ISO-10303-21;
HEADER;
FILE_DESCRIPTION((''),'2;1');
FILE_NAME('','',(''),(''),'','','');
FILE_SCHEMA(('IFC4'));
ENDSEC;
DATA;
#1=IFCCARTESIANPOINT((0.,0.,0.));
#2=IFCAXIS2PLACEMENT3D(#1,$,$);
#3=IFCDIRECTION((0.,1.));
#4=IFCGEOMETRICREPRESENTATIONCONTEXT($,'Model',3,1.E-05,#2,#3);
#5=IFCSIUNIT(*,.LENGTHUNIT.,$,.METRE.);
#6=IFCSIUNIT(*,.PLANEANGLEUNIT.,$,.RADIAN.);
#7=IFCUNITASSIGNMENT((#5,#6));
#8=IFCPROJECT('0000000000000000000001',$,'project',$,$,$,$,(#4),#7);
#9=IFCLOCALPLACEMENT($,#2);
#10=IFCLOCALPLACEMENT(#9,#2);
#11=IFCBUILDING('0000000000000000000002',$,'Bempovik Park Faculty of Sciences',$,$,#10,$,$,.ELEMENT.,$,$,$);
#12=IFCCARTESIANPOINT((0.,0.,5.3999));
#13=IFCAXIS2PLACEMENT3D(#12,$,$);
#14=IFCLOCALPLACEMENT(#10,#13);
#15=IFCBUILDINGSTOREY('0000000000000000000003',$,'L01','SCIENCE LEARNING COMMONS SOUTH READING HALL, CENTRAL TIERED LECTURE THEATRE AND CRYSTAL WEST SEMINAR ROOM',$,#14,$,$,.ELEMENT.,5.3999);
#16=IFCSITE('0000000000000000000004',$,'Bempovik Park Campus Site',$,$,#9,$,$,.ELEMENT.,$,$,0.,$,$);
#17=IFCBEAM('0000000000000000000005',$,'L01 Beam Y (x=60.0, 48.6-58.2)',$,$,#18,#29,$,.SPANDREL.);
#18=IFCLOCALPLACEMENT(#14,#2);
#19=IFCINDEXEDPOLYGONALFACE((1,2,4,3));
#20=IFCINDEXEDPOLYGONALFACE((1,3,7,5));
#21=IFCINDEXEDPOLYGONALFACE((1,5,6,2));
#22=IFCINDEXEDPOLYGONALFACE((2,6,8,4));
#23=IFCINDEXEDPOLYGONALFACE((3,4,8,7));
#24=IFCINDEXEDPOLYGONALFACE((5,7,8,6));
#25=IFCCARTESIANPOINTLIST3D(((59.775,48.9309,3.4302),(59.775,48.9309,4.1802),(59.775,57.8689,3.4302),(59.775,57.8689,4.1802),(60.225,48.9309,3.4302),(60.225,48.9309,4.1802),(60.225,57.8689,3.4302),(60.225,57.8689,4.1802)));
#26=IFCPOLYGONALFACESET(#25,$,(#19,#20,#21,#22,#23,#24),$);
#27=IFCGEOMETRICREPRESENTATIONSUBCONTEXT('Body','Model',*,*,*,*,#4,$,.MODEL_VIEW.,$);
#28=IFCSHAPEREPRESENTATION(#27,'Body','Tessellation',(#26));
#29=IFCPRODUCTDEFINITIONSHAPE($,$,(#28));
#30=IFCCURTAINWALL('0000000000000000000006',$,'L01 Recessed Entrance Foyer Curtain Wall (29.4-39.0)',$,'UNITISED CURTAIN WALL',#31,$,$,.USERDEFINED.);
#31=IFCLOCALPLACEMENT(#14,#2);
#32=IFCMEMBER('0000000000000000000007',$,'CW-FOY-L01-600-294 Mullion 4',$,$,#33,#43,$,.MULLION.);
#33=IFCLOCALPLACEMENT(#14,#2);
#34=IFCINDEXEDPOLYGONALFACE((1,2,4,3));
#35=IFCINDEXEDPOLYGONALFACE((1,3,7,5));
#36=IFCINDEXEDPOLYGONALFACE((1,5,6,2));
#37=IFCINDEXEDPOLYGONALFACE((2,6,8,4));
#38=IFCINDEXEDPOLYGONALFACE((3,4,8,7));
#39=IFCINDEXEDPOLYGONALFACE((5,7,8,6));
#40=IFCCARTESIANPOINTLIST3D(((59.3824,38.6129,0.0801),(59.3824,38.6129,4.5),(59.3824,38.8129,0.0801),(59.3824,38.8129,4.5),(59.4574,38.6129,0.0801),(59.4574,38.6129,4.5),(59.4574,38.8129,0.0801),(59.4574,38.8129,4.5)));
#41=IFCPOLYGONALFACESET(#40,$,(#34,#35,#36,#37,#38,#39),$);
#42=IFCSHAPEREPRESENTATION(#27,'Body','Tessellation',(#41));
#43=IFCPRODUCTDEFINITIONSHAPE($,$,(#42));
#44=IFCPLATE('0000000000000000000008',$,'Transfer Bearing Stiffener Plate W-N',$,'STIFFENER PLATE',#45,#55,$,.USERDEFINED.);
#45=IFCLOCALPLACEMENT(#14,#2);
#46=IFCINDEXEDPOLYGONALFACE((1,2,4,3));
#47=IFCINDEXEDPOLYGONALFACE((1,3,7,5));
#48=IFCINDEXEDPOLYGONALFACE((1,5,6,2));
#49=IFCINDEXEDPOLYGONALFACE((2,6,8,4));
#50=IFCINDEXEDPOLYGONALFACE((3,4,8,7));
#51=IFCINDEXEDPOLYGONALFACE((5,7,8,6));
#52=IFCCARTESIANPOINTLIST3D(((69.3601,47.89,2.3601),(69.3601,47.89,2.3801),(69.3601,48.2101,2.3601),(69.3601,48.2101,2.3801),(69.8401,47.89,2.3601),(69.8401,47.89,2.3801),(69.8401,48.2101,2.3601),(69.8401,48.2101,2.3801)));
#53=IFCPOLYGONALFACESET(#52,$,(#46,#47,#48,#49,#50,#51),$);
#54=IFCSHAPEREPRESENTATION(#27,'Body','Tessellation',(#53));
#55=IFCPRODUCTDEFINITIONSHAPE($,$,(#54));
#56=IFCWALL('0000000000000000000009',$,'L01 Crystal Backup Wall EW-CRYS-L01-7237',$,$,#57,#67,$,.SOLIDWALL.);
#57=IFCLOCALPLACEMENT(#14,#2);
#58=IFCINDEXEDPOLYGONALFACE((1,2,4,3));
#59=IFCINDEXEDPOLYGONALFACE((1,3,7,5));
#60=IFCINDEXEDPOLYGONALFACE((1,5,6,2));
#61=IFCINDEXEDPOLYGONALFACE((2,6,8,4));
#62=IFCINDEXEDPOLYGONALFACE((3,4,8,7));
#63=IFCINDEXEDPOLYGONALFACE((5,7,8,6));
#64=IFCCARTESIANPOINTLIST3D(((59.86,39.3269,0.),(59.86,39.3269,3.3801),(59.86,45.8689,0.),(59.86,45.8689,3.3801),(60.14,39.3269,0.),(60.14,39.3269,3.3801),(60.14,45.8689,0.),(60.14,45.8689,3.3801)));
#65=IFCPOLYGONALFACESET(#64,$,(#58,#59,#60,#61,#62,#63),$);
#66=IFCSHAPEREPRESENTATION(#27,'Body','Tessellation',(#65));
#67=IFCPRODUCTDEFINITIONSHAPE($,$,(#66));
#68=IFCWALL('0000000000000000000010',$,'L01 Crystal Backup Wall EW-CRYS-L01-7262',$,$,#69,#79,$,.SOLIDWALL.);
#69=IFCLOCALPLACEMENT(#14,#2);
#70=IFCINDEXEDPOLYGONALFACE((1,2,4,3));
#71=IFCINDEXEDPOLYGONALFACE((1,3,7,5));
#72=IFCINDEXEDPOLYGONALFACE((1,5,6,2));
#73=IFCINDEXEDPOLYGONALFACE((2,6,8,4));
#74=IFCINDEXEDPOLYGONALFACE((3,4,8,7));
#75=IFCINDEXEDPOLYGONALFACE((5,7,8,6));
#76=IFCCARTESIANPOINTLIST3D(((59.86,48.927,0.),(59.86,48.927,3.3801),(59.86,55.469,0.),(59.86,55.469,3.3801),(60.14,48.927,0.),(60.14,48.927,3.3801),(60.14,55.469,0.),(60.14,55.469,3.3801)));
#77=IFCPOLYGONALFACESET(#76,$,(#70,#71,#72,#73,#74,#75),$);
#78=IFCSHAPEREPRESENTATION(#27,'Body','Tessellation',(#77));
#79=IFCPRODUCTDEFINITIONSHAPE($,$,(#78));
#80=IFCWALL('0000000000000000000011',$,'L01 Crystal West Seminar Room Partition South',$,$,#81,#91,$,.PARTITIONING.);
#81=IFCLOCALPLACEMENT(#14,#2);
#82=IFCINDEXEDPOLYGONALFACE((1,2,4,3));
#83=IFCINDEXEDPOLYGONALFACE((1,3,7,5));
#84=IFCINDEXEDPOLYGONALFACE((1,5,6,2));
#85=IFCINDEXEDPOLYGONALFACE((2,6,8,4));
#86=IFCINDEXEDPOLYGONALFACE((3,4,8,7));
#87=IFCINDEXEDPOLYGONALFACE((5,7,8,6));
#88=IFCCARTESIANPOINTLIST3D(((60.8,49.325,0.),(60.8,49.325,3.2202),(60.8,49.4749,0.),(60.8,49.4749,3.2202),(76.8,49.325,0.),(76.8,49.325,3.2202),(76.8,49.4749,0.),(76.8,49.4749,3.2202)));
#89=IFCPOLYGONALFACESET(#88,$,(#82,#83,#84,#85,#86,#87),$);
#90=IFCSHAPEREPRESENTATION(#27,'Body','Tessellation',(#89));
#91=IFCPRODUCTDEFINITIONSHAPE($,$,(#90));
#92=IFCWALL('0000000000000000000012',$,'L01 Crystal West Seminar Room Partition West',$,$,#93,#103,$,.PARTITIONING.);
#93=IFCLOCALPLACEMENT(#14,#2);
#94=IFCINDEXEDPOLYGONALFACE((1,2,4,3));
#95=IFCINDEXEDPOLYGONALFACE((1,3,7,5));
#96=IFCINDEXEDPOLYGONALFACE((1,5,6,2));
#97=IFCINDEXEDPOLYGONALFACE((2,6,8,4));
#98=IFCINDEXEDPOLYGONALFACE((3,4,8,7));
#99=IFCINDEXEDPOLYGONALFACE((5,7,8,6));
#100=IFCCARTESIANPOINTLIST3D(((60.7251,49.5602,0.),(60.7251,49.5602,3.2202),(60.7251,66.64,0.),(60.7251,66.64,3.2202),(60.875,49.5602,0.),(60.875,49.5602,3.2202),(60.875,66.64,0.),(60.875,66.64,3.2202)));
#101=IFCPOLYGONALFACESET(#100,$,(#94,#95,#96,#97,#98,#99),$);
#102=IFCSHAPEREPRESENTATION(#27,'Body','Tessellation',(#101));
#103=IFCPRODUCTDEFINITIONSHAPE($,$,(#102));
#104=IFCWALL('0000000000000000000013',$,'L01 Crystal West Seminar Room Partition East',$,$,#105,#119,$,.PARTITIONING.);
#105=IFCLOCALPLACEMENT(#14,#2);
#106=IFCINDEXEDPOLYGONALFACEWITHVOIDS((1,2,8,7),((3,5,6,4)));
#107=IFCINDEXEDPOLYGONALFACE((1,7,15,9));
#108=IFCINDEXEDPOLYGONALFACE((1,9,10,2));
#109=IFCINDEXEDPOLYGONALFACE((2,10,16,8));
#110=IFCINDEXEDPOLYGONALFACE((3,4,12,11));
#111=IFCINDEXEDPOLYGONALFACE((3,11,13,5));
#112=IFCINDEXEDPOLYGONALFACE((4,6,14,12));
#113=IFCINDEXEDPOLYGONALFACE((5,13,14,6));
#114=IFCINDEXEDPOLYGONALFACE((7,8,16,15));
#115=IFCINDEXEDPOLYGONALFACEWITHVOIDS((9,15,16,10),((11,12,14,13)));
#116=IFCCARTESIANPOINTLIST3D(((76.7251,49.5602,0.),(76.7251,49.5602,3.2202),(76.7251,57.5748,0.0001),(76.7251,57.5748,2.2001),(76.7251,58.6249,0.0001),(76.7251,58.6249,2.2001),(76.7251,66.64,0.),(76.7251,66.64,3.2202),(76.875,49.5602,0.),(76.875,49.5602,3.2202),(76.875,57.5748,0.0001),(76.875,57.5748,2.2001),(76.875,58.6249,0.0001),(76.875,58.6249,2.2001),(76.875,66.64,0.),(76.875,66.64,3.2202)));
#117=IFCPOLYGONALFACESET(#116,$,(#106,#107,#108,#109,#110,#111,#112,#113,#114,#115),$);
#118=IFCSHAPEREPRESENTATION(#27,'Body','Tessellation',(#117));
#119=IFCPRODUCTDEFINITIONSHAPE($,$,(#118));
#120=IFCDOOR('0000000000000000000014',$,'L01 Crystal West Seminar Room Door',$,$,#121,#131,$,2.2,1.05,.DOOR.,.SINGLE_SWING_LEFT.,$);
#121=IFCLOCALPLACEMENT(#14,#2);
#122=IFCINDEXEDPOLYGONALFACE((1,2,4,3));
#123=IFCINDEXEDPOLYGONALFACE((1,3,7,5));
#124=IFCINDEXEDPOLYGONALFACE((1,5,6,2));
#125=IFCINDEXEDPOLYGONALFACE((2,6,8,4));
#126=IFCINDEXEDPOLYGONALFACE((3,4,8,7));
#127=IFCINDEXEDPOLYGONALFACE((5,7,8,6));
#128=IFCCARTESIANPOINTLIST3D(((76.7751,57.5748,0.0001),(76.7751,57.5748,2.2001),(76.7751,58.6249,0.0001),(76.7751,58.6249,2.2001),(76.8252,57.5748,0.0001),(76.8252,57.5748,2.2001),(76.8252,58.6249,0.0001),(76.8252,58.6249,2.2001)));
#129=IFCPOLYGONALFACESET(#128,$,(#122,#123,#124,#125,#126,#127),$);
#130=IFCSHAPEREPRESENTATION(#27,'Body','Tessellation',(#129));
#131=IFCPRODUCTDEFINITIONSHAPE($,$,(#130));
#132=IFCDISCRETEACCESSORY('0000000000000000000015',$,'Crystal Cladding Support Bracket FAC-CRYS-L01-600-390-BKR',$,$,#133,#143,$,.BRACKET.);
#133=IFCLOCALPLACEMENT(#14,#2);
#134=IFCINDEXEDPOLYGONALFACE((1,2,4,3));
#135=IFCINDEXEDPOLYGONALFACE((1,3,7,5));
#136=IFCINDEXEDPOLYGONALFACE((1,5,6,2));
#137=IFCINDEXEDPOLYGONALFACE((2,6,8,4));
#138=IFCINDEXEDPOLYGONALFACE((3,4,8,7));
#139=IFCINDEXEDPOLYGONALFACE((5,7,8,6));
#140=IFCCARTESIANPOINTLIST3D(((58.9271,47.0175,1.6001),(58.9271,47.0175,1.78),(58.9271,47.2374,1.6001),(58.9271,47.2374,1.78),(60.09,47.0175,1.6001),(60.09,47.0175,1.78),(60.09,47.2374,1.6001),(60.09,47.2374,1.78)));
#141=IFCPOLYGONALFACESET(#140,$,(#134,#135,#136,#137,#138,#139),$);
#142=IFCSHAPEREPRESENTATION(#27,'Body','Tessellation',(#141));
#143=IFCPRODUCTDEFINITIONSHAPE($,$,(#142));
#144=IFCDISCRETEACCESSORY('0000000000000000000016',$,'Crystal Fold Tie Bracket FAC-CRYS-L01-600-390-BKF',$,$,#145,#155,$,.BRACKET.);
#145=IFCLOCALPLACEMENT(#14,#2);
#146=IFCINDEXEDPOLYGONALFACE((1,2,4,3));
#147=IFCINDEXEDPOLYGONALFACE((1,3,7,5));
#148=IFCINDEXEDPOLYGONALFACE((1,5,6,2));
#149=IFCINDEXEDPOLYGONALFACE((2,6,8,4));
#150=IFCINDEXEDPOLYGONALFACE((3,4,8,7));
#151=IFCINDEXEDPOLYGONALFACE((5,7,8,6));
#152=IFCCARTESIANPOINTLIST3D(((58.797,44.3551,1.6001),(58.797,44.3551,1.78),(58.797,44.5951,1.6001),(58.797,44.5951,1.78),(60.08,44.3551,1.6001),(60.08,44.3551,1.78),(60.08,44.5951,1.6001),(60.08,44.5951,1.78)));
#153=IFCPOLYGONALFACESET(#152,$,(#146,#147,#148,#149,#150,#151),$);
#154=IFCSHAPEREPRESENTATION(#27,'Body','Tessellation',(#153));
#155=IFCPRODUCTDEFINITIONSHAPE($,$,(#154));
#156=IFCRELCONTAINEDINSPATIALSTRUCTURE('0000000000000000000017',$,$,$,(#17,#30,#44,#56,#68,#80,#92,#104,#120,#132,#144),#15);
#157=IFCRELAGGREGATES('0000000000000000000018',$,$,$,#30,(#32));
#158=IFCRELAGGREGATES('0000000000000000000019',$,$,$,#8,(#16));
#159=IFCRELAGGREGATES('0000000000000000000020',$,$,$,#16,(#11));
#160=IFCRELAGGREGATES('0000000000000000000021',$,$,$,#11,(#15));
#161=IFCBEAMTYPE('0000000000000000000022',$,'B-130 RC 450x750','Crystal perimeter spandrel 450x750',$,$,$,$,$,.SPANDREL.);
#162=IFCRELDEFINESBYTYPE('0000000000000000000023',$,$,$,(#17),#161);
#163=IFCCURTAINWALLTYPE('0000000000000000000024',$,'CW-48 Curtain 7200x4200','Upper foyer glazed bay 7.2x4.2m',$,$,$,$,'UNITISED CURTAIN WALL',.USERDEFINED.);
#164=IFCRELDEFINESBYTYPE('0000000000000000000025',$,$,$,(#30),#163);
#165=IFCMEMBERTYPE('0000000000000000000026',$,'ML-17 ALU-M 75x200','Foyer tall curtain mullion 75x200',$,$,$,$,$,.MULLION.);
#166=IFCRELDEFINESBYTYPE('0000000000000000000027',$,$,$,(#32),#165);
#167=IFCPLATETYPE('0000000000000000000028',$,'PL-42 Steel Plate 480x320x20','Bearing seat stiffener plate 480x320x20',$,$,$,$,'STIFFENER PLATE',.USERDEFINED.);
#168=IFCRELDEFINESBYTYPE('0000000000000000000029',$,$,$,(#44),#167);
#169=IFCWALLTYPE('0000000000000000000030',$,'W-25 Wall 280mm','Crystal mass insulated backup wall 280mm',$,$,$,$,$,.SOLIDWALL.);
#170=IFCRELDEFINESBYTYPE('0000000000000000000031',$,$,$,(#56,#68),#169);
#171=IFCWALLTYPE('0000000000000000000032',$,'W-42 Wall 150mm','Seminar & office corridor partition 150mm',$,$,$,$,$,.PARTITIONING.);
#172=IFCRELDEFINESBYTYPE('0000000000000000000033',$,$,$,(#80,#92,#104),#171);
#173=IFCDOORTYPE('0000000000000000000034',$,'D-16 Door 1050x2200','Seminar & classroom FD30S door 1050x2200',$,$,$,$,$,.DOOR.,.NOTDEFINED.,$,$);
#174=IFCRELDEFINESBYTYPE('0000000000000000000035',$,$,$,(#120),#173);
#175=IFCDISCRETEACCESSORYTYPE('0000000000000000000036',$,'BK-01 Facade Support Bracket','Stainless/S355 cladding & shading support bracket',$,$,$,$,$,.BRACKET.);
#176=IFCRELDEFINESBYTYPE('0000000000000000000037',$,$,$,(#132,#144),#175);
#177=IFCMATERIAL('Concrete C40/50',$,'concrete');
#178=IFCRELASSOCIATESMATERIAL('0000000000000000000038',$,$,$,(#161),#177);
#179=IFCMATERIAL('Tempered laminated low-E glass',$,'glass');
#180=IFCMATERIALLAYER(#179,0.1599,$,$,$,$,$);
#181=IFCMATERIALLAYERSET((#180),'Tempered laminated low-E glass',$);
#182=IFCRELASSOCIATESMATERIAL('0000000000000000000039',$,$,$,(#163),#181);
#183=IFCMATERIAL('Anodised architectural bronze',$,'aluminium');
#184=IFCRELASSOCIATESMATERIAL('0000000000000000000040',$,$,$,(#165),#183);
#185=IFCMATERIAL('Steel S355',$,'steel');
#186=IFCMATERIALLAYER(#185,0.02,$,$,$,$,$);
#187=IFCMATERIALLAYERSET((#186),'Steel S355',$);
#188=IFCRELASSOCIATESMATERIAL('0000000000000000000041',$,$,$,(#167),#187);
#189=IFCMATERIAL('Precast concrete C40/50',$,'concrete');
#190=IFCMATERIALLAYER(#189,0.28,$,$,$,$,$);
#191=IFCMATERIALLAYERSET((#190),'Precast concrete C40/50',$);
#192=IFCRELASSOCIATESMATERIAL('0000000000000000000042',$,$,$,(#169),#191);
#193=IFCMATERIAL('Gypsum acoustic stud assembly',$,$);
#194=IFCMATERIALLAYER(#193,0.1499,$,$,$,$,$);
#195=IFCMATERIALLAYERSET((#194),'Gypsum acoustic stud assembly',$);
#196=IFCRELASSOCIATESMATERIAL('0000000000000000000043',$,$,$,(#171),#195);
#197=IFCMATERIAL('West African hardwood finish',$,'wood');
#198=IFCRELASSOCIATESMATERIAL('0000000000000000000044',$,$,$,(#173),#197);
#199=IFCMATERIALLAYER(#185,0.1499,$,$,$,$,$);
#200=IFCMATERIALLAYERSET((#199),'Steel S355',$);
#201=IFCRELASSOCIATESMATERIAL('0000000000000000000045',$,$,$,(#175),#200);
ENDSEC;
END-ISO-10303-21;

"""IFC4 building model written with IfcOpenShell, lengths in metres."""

from ifc_helpers import new_model, si_unit, direction, frame, frame_2d, origin, origin_2d, place, context, subcontext, project, spatial, rectangle, extrude, material, layer, layer_set, material_profile, profile_set, type_object, element, fill, aggregate, save


model = new_model("IFC4")

# Units and contexts
model_context = context("Model", 3, precision=1e-05, world=origin(), true_north=direction((0.0, 1.0)))
body_context = subcontext(model_context, "Body", "Model", "MODEL_VIEW")
ifc_project = project(units=[si_unit("LENGTHUNIT", "METRE"), si_unit("PLANEANGLEUNIT", "RADIAN")], contexts=[model_context])

# Site, building, storey
site_placement = place(None, origin())
site = spatial("IfcSite", under=ifc_project, at=site_placement, Name="Bempovik Park Campus Site", CompositionType="ELEMENT", RefElevation=0.0)
building_placement = place(site_placement, origin())
building = spatial("IfcBuilding", under=site, at=building_placement, Name="Bempovik Park Faculty of Sciences", CompositionType="ELEMENT")
storey_placement = place(building_placement, frame((0.0, 0.0, 5.3999)))
storey = spatial("IfcBuildingStorey", under=building, at=storey_placement, Name="L01", Description="SCIENCE LEARNING COMMONS SOUTH READING HALL, CENTRAL TIERED LECTURE THEATRE AND CRYSTAL WEST SEMINAR ROOM", CompositionType="ELEMENT", Elevation=5.3999)

# Shared definitions
ifc_material_1 = material(Name="Concrete C40/50", Category="concrete")

# Beam
ifc_material_profile_1 = material_profile(ifc_material_1, rectangle(XDim=0.45, YDim=0.75, at=origin_2d()), Name="RC 450x750")
ifc_profile_set_1 = profile_set([ifc_material_profile_1], Name="Concrete C40/50")
beam_type_1 = type_object("IfcBeamType", Name="B-130 RC 450x750", Description="Crystal perimeter spandrel 450x750", PredefinedType="SPANDREL", material=ifc_profile_set_1)
for number, where, z_axis, x_axis, name in (
    (1, (60.0, 48.9309, 3.8052), (0.0, 1.0, 0.0), (-1.0, 0.0, 0.0), "L01 Beam Y (x=60.0, 48.6-58.2)"),
):
    element("IfcBeam", number, at=place(storey_placement, frame(where, z_axis=z_axis, x_axis=x_axis)), inside=storey, type_object=beam_type_1, Name=name, PredefinedType="SPANDREL", context=body_context, shape_type="SweptSolid", body=[
        extrude(rectangle(XDim=0.45, YDim=0.75, at=origin_2d()), origin(), (0.0, 0.0, 1.0), 8.938),
    ])

# Curtain wall, member
ifc_material_2 = material(Name="Tempered laminated low-E glass", Category="glass")
ifc_layer_1 = layer(ifc_material_2, 0.1599)
ifc_layer_set_1 = layer_set([ifc_layer_1], Name="Tempered laminated low-E glass")
curtain_wall_type = type_object("IfcCurtainWallType", Name="CW-48 Curtain 7200x4200", Description="Upper foyer glazed bay 7.2x4.2m", ElementType="UNITISED CURTAIN WALL", PredefinedType="USERDEFINED", material=ifc_layer_set_1)
curtain_wall_placement = place(storey_placement, origin())
curtain_wall = element("IfcCurtainWall", 2, at=curtain_wall_placement, inside=storey, type_object=curtain_wall_type, Name="L01 Recessed Entrance Foyer Curtain Wall (29.4-39.0)", ObjectType="UNITISED CURTAIN WALL", PredefinedType="USERDEFINED")
ifc_material_3 = material(Name="Anodised architectural bronze", Category="aluminium")
ifc_material_profile_2 = material_profile(ifc_material_3, rectangle(XDim=0.075, YDim=0.2, at=origin_2d()), Name="ALU-M 75x200")
ifc_profile_set_2 = profile_set([ifc_material_profile_2], Name="Anodised architectural bronze")
member_type = type_object("IfcMemberType", Name="ML-17 ALU-M 75x200", Description="Foyer tall curtain mullion 75x200", PredefinedType="MULLION", material=ifc_profile_set_2)
member_placement = place(storey_placement, frame((59.4199, 38.7129, 0.0801), z_axis=(0.0, 0.0, 1.0), x_axis=(1.0, 0.0, 0.0)))
member = element("IfcMember", 3, at=member_placement, type_object=member_type, Name="CW-FOY-L01-600-294 Mullion 4", PredefinedType="MULLION", context=body_context, shape_type="SweptSolid", body=[
    extrude(rectangle(XDim=0.075, YDim=0.2, at=origin_2d()), origin(), (0.0, 0.0, 1.0), 4.4199),
])
aggregate(curtain_wall, [member])

# Plate
ifc_material_4 = material(Name="Steel S355", Category="steel")
ifc_layer_2 = layer(ifc_material_4, 0.02)
ifc_layer_set_2 = layer_set([ifc_layer_2], Name="Steel S355")
plate_type = type_object("IfcPlateType", Name="PL-42 Steel Plate 480x320x20", Description="Bearing seat stiffener plate 480x320x20", ElementType="STIFFENER PLATE", PredefinedType="USERDEFINED", material=ifc_layer_set_2)
plate_placement = place(storey_placement, frame((69.6001, 48.05, 2.3601), z_axis=(0.0, 0.0, 1.0), x_axis=(1.0, 0.0, 0.0)))
element("IfcPlate", 4, at=plate_placement, inside=storey, type_object=plate_type, Name="Transfer Bearing Stiffener Plate W-N", ObjectType="STIFFENER PLATE", PredefinedType="USERDEFINED", context=body_context, shape_type="SweptSolid", body=[
    extrude(rectangle(XDim=0.48, YDim=0.3201, at=origin_2d()), origin(), (0.0, 0.0, 1.0), 0.02),
])

# Walls
ifc_material_5 = material(Name="Precast concrete C40/50", Category="concrete")
ifc_layer_3 = layer(ifc_material_5, 0.28)
ifc_layer_set_3 = layer_set([ifc_layer_3], Name="Precast concrete C40/50")
wall_type_1 = type_object("IfcWallType", Name="W-25 Wall 280mm", Description="Crystal mass insulated backup wall 280mm", PredefinedType="SOLIDWALL", material=ifc_layer_set_3)
for number, where, z_axis, x_axis, name in (
    (5, (60.0, 39.3269, 0.0), (0.0, 0.0, 1.0), (0.0, 1.0, 0.0), "L01 Crystal Backup Wall EW-CRYS-L01-7237"),
    (6, (60.0, 48.927, 0.0), (0.0, 0.0, 1.0), (0.0, 1.0, 0.0), "L01 Crystal Backup Wall EW-CRYS-L01-7262"),
):
    element("IfcWall", number, at=place(storey_placement, frame(where, z_axis=z_axis, x_axis=x_axis)), inside=storey, type_object=wall_type_1, Name=name, PredefinedType="SOLIDWALL", context=body_context, shape_type="SweptSolid", body=[
        extrude(rectangle(XDim=6.542, YDim=0.28, at=frame_2d((3.271, 0.0))), origin(), (0.0, 0.0, 1.0), 3.3801),
    ])
ifc_material_6 = material(Name="Gypsum acoustic stud assembly")
ifc_layer_4 = layer(ifc_material_6, 0.1499)
ifc_layer_set_4 = layer_set([ifc_layer_4], Name="Gypsum acoustic stud assembly")
wall_type_2 = type_object("IfcWallType", Name="W-42 Wall 150mm", Description="Seminar & office corridor partition 150mm", PredefinedType="PARTITIONING", material=ifc_layer_set_4)
wall_1_placement = place(storey_placement, frame((60.8, 49.3999, 0.0), z_axis=(0.0, 0.0, 1.0), x_axis=(1.0, 0.0, 0.0)))
element("IfcWall", 7, at=wall_1_placement, inside=storey, type_object=wall_type_2, Name="L01 Crystal West Seminar Room Partition South", PredefinedType="PARTITIONING", context=body_context, shape_type="SweptSolid", body=[
    extrude(rectangle(XDim=16.0, YDim=0.1499, at=frame_2d((8.0, 0.0))), origin(), (0.0, 0.0, 1.0), 3.2202),
])
wall_2_placement = place(storey_placement, frame((60.8, 49.5601, 0.0), z_axis=(0.0, 0.0, 1.0), x_axis=(0.0, 1.0, 0.0)))
element("IfcWall", 8, at=wall_2_placement, inside=storey, type_object=wall_type_2, Name="L01 Crystal West Seminar Room Partition West", PredefinedType="PARTITIONING", context=body_context, shape_type="SweptSolid", body=[
    extrude(rectangle(XDim=17.0798, YDim=0.1499, at=frame_2d((8.54, 0.0))), origin(), (0.0, 0.0, 1.0), 3.2202),
])

# Wall, opening, door
wall_3_placement = place(storey_placement, frame((76.8, 49.5601, 0.0), z_axis=(0.0, 0.0, 1.0), x_axis=(0.0, 1.0, 0.0)))
wall_3 = element("IfcWall", 9, at=wall_3_placement, inside=storey, type_object=wall_type_2, Name="L01 Crystal West Seminar Room Partition East", PredefinedType="PARTITIONING", context=body_context, shape_type="SweptSolid", body=[
    extrude(rectangle(XDim=17.0798, YDim=0.1499, at=frame_2d((8.54, 0.0))), origin(), (0.0, 0.0, 1.0), 3.2202),
])
opening_placement = place(wall_3_placement, frame((8.0149, 0.0, 0.0)))
opening = element("IfcOpeningElement", 10, at=opening_placement, cuts=wall_3, PredefinedType="OPENING", context=body_context, shape_type="SweptSolid", body=[
    extrude(rectangle(XDim=1.05, YDim=2.2, at=frame_2d((0.5249, 1.1001))), frame((0.0, 0.085, 0.0), z_axis=(0.0, -1.0, 0.0), x_axis=(1.0, 0.0, 0.0)), (0.0, 0.0, 1.0), 0.1699),
])
ifc_material_7 = material(Name="West African hardwood finish", Category="wood")
door_type = type_object("IfcDoorType", Name="D-16 Door 1050x2200", Description="Seminar & classroom FD30S door 1050x2200", OperationType="NOTDEFINED", PredefinedType="DOOR", material=ifc_material_7)
door_placement = place(opening_placement, origin())
door = element("IfcDoor", 11, at=door_placement, inside=storey, type_object=door_type, Name="L01 Crystal West Seminar Room Door", OperationType="SINGLE_SWING_LEFT", OverallHeight=2.2, OverallWidth=1.05, PredefinedType="DOOR", context=body_context, shape_type="SweptSolid", body=[
    extrude(rectangle(XDim=1.05, YDim=2.2, at=frame_2d((0.5249, 1.1001))), frame((0.0, 0.0249, 0.0), z_axis=(0.0, -1.0, 0.0), x_axis=(1.0, 0.0, 0.0)), (0.0, 0.0, 1.0), 0.05),
])
fill(opening, door)

# Discrete accessories
ifc_layer_5 = layer(ifc_material_4, 0.1499)
ifc_layer_set_5 = layer_set([ifc_layer_5], Name="Steel S355")
discrete_accessory_type = type_object("IfcDiscreteAccessoryType", Name="BK-01 Facade Support Bracket", Description="Stainless/S355 cladding & shading support bracket", PredefinedType="BRACKET", material=ifc_layer_set_5)
discrete_accessory_1_placement = place(storey_placement, frame((59.5085, 47.1274, 1.6001), z_axis=(0.0, 0.0, 1.0), x_axis=(1.0, 0.0, 0.0)))
element("IfcDiscreteAccessory", 12, at=discrete_accessory_1_placement, inside=storey, type_object=discrete_accessory_type, Name="Crystal Cladding Support Bracket FAC-CRYS-L01-600-390-BKR", PredefinedType="BRACKET", context=body_context, shape_type="SweptSolid", body=[
    extrude(rectangle(XDim=1.1628, YDim=0.22, at=origin_2d()), origin(), (0.0, 0.0, 1.0), 0.1799),
])
discrete_accessory_2_placement = place(storey_placement, frame((59.4385, 44.4751, 1.6001), z_axis=(0.0, 0.0, 1.0), x_axis=(1.0, 0.0, 0.0)))
element("IfcDiscreteAccessory", 13, at=discrete_accessory_2_placement, inside=storey, type_object=discrete_accessory_type, Name="Crystal Fold Tie Bracket FAC-CRYS-L01-600-390-BKF", PredefinedType="BRACKET", context=body_context, shape_type="SweptSolid", body=[
    extrude(rectangle(XDim=1.283, YDim=0.24, at=origin_2d()), origin(), (0.0, 0.0, 1.0), 0.1799),
])

save(model, "model.ifc")
